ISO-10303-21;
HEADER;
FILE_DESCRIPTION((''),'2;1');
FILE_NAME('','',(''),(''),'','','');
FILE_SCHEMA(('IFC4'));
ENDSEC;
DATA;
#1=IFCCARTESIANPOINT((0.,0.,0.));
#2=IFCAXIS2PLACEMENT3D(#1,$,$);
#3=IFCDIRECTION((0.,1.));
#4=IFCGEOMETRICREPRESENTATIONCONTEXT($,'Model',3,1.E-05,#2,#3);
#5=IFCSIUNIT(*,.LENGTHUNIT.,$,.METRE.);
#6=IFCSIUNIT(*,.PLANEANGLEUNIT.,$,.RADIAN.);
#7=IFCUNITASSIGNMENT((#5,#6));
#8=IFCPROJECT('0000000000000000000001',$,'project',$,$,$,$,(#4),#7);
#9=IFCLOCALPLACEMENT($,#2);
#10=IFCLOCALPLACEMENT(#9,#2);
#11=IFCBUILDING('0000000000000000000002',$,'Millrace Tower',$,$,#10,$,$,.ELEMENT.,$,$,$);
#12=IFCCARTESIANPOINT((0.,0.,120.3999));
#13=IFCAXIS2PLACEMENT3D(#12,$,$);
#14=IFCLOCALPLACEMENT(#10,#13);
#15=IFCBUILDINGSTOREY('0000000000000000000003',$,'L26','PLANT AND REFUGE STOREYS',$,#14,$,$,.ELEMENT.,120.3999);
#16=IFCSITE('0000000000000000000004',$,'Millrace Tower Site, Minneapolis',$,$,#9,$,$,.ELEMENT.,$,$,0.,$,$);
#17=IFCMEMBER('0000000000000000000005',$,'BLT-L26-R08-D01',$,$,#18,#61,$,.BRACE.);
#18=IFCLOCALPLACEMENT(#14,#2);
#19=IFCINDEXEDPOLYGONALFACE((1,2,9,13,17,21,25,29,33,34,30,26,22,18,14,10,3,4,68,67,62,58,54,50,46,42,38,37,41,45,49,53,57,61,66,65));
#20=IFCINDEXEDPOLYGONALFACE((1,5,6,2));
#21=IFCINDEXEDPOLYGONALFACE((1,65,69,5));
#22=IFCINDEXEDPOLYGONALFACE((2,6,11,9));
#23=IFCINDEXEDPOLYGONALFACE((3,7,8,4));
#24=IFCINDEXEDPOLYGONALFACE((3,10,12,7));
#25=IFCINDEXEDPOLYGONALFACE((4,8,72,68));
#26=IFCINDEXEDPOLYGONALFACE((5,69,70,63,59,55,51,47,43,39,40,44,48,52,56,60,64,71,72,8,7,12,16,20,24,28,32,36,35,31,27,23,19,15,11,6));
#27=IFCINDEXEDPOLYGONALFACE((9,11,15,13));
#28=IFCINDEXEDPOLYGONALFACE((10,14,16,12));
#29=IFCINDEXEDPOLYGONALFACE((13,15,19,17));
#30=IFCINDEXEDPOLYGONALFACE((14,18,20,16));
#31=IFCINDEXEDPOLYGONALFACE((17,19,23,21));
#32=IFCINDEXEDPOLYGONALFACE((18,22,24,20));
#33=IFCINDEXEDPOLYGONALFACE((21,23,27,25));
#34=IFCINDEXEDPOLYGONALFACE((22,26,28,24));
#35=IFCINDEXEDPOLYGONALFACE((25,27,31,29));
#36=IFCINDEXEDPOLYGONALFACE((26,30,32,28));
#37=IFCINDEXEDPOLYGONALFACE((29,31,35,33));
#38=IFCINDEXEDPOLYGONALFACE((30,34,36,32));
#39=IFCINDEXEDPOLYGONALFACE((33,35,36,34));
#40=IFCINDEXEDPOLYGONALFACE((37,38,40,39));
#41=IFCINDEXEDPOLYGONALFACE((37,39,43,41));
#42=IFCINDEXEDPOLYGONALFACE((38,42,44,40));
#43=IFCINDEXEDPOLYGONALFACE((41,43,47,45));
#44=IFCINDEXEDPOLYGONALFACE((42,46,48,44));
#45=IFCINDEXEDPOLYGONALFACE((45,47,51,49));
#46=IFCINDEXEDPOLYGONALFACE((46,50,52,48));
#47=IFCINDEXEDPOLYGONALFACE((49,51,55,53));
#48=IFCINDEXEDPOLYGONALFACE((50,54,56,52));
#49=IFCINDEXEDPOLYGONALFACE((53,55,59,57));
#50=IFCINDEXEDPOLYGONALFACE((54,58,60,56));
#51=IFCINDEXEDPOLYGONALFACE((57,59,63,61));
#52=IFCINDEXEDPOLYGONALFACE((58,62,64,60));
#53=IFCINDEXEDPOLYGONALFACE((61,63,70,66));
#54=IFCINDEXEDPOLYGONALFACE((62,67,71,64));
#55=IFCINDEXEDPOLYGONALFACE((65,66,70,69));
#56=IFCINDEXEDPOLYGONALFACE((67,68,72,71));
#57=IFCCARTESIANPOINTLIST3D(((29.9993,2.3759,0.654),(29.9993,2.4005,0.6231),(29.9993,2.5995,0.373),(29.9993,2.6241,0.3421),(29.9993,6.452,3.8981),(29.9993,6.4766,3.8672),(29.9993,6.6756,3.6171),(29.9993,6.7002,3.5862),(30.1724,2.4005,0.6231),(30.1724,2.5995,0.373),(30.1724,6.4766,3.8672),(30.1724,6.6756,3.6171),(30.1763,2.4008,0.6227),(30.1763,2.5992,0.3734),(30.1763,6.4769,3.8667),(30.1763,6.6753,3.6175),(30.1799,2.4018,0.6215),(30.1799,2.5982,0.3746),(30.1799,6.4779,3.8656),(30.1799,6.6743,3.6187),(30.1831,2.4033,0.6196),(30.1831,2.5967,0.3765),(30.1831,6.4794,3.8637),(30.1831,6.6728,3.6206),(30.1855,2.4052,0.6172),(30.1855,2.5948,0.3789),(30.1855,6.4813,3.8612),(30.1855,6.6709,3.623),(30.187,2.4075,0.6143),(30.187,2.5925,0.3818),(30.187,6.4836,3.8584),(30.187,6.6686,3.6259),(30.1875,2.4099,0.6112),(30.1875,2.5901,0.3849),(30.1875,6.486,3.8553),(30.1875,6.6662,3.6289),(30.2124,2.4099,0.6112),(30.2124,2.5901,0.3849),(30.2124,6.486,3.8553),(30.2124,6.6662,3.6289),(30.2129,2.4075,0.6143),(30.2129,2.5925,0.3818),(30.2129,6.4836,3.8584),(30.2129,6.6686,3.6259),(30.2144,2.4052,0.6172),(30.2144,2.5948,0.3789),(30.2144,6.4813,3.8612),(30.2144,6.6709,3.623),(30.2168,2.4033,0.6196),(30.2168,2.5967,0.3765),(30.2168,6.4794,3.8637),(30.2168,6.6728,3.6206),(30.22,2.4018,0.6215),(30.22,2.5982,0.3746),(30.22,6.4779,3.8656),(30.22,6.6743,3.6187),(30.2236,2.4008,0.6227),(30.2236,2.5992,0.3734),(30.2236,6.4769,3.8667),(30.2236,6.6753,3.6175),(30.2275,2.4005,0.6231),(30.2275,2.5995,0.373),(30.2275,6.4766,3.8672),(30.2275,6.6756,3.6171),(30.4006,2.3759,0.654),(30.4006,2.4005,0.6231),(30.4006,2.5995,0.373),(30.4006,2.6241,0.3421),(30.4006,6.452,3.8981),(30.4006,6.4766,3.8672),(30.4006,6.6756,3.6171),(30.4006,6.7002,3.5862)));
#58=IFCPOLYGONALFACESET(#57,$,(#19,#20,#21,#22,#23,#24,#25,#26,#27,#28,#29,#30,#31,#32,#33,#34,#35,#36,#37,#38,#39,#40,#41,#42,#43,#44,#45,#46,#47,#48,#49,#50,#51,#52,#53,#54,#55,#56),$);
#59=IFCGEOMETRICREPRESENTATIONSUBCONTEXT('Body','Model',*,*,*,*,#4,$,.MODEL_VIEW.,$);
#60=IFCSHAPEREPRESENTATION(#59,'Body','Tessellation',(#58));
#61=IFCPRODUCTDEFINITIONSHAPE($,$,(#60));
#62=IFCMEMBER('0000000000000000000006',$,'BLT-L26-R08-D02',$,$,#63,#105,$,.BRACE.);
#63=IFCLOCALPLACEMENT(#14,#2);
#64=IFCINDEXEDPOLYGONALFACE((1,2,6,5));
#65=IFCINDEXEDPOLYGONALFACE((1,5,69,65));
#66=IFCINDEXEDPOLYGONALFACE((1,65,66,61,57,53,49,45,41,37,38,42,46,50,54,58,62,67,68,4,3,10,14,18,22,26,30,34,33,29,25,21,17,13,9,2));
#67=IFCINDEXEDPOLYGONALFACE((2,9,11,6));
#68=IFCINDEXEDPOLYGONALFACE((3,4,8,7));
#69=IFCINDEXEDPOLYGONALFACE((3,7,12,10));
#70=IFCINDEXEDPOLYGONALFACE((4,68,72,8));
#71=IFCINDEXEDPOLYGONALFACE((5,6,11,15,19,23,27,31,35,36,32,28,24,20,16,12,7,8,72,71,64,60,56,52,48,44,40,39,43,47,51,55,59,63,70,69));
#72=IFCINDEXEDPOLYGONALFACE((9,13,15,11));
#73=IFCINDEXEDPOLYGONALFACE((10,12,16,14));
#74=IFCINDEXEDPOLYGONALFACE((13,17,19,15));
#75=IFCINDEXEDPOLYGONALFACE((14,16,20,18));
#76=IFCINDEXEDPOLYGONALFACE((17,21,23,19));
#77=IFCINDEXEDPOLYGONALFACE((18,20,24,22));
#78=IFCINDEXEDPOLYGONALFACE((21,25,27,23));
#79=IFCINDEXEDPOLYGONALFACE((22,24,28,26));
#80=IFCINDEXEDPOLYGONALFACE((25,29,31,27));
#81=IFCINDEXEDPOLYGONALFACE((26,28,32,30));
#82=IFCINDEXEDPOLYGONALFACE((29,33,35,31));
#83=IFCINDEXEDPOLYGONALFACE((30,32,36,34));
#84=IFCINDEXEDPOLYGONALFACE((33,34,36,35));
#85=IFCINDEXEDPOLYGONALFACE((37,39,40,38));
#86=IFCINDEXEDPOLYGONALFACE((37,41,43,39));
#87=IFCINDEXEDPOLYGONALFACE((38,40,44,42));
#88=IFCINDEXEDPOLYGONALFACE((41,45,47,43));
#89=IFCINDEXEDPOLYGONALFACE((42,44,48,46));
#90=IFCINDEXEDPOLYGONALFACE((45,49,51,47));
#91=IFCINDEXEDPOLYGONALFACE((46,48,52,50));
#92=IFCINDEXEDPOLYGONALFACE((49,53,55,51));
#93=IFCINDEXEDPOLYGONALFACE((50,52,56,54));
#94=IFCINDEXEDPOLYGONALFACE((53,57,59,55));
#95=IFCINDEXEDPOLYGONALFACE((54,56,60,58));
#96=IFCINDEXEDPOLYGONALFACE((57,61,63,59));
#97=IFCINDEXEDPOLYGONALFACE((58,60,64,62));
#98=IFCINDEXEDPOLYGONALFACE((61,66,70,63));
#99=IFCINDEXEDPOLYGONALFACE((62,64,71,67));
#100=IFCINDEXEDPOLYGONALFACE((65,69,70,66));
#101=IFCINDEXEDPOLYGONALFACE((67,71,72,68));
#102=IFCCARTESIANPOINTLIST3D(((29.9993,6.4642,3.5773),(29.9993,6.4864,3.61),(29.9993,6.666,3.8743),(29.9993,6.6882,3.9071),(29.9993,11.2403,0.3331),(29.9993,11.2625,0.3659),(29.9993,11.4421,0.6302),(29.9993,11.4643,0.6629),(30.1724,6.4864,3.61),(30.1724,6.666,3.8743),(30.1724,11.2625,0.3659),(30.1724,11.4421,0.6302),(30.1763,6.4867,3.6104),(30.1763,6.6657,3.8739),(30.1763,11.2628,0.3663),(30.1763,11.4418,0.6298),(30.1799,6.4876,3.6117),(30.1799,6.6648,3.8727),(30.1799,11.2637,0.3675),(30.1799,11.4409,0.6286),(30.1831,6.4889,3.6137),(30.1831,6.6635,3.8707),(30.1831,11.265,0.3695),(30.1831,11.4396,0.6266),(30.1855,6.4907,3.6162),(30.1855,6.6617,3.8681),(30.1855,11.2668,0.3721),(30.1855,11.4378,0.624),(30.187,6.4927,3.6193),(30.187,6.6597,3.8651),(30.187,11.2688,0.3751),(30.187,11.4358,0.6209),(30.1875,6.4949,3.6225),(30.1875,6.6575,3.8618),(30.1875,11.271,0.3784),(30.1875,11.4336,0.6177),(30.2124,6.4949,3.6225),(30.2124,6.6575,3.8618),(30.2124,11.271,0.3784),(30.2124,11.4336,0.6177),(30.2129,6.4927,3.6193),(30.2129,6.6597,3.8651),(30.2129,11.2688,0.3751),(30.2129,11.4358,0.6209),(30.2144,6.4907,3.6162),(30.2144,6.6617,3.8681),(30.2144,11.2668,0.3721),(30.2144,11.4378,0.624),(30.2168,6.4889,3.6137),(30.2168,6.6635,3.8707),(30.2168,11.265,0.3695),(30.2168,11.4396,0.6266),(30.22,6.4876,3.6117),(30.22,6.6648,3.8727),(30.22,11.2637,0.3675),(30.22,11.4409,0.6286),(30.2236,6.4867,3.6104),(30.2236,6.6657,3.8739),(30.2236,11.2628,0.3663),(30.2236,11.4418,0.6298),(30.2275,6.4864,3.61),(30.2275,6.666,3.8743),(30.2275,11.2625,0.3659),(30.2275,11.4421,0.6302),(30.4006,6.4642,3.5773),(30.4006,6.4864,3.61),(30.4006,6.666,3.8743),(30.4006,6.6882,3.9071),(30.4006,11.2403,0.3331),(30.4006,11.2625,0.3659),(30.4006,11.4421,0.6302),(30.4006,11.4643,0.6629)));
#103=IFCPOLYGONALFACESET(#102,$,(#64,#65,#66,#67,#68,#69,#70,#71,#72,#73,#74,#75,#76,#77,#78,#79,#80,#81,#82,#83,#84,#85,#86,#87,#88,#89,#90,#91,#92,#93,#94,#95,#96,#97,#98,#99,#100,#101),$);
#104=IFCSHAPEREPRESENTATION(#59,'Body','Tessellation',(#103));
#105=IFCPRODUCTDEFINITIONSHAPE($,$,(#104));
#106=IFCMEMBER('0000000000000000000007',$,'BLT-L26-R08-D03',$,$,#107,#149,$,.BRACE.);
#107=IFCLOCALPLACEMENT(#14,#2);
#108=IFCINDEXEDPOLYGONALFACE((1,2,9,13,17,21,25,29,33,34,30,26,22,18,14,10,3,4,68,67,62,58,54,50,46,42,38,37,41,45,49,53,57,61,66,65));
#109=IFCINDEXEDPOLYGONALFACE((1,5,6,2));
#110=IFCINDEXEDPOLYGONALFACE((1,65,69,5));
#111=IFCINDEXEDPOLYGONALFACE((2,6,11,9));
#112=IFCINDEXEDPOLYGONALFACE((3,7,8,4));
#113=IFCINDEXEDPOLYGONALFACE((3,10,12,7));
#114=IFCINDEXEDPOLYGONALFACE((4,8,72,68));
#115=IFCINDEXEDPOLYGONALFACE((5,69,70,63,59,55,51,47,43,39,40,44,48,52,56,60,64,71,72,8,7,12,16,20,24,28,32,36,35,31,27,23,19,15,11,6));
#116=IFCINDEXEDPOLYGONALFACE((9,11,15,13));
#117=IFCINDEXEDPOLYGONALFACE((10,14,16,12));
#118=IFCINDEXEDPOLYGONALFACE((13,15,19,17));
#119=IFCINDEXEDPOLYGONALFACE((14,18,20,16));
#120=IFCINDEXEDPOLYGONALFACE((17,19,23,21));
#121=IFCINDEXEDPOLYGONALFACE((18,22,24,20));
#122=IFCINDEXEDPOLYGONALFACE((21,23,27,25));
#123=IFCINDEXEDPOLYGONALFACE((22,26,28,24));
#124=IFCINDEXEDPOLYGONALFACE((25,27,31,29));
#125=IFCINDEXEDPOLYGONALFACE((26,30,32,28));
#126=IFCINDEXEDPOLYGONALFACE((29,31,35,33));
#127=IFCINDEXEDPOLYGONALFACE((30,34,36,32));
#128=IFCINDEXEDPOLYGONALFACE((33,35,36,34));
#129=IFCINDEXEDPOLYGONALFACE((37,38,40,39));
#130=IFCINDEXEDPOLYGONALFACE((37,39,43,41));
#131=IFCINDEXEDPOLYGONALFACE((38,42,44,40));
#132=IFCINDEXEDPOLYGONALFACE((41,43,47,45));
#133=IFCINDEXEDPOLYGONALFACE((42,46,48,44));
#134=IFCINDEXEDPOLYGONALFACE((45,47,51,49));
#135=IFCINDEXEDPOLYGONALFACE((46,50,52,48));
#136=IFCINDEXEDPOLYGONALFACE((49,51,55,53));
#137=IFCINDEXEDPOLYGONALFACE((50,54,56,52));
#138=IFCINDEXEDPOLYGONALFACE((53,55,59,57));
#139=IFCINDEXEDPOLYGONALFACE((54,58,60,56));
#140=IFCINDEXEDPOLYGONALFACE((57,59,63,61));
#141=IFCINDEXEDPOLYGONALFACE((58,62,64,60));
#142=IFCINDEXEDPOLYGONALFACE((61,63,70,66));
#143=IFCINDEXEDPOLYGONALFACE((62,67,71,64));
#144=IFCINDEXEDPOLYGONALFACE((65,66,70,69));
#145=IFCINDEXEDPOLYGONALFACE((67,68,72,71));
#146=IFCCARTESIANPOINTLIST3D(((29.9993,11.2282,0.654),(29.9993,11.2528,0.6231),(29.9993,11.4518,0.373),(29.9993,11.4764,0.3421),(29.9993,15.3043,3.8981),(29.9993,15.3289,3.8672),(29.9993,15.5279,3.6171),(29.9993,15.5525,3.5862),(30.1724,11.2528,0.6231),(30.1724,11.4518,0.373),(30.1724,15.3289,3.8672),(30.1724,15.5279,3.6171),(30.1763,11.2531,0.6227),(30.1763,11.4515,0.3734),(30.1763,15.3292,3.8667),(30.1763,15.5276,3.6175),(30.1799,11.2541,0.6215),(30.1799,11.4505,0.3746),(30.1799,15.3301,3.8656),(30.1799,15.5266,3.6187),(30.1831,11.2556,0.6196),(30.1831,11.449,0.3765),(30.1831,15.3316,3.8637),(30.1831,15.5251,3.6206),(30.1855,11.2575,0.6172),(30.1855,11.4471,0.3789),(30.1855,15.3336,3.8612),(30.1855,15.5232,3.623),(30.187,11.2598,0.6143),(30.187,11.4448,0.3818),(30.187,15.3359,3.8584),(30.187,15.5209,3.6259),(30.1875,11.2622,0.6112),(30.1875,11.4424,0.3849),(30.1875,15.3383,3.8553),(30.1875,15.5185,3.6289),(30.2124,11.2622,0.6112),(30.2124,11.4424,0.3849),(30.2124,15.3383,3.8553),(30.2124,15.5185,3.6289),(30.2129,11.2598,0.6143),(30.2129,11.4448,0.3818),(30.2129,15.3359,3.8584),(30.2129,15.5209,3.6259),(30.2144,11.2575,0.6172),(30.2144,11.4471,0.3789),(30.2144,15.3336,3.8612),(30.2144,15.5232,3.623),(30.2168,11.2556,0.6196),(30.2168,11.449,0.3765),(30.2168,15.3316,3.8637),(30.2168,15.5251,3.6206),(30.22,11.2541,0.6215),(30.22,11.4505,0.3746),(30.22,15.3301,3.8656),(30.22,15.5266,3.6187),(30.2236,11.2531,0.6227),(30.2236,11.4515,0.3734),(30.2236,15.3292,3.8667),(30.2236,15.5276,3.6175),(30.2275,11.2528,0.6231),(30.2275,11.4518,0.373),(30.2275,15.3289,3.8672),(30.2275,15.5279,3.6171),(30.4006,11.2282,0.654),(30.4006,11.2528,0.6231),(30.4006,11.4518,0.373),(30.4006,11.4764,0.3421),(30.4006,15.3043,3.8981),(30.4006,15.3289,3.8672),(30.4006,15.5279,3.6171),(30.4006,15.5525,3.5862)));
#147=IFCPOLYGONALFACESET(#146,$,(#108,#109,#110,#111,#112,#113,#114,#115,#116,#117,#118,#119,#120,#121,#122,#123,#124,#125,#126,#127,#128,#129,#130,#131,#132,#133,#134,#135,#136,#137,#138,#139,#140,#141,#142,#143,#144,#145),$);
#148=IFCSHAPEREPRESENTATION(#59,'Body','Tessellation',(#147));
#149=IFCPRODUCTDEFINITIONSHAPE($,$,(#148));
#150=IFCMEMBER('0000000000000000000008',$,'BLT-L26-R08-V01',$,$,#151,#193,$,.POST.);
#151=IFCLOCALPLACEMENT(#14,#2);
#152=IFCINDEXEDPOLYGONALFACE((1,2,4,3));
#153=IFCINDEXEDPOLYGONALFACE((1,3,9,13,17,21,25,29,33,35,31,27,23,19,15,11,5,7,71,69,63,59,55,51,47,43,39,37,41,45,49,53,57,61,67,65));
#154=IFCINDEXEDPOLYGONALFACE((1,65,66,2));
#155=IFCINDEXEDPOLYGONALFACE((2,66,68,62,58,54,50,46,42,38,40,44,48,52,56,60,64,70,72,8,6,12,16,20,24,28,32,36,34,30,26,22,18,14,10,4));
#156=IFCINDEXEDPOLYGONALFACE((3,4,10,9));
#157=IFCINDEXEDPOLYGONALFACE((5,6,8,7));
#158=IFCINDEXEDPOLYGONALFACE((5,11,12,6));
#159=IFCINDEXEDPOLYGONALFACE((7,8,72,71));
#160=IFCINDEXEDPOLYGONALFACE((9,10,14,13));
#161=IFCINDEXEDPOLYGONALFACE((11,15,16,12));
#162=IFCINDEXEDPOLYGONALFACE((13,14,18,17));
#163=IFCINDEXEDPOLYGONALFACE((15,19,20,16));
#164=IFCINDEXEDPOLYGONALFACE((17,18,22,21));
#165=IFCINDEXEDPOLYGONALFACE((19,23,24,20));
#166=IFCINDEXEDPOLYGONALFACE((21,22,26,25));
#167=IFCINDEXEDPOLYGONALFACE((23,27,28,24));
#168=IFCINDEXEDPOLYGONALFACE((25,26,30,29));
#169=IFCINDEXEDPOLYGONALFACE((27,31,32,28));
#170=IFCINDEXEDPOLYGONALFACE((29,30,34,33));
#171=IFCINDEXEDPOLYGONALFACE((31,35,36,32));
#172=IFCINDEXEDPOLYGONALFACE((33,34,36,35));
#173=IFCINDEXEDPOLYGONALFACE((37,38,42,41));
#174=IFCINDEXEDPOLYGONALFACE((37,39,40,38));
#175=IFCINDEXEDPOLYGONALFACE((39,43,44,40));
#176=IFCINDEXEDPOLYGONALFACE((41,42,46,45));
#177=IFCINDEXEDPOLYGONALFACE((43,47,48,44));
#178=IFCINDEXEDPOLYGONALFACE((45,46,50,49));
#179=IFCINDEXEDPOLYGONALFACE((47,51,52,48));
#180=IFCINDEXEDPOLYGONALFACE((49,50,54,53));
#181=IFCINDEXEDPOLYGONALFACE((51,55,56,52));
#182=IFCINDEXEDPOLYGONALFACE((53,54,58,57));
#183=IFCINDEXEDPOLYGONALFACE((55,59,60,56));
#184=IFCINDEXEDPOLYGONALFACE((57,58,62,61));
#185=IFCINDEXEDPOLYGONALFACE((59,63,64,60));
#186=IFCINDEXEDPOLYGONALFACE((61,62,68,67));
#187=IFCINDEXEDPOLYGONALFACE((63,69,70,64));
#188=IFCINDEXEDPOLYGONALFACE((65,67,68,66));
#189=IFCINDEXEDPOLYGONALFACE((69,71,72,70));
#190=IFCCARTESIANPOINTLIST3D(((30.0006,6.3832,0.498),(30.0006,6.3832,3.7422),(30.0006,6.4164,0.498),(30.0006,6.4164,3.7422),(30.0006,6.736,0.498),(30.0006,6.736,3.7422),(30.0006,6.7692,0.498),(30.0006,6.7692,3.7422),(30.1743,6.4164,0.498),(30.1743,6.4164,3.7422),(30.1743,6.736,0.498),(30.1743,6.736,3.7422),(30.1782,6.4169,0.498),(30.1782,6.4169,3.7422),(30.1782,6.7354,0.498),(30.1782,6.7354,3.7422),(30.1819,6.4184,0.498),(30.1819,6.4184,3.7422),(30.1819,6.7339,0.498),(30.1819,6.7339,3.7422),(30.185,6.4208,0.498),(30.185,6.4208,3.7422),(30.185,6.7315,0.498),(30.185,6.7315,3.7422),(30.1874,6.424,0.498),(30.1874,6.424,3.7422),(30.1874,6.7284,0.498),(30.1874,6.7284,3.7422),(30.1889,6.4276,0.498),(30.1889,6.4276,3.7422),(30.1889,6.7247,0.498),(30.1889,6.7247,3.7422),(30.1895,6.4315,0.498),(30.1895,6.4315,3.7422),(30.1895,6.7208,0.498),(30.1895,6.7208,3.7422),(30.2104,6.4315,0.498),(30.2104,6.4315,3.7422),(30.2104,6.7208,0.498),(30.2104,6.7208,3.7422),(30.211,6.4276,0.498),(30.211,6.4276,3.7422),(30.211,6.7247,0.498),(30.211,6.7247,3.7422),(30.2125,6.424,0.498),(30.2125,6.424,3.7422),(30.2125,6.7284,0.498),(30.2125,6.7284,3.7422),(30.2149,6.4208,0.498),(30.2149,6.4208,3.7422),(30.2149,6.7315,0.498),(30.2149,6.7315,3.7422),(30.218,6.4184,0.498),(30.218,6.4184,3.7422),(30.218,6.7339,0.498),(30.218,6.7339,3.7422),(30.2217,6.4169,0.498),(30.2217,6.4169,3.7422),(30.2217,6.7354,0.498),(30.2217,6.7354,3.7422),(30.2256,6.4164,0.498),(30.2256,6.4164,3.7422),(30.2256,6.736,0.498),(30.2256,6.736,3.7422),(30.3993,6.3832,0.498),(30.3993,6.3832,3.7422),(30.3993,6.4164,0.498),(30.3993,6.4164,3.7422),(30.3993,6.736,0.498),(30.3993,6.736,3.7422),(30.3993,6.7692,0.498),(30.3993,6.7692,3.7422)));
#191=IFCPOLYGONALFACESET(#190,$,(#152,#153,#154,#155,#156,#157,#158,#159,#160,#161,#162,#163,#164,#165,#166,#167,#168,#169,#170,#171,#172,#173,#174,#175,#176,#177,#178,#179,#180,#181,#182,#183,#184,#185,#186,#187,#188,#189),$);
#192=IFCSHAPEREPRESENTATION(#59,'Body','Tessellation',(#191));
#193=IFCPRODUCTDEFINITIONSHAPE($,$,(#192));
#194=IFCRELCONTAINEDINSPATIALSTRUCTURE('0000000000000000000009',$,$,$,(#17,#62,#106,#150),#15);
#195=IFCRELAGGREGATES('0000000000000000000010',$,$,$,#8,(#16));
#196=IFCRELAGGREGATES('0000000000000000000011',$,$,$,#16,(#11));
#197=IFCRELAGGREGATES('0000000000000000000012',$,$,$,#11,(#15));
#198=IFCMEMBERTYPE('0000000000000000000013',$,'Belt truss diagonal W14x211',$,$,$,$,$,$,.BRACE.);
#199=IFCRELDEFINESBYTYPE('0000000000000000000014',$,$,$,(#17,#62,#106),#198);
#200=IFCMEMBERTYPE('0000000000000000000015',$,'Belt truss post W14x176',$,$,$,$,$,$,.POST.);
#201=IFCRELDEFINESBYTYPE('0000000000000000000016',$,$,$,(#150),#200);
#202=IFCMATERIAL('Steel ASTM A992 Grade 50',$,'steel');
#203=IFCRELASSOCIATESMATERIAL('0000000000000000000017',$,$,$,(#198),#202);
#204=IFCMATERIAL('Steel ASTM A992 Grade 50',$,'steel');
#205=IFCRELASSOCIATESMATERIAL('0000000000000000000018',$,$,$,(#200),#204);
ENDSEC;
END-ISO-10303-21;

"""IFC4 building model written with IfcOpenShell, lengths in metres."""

from ifc_helpers import new_model, si_unit, direction, frame, origin, origin_2d, place, context, subcontext, project, spatial, i_section, extrude, material, material_profile, profile_set, type_object, element, save


model = new_model("IFC4")

# Units and contexts
model_context = context("Model", 3, precision=1e-05, world=origin(), true_north=direction((0.0, 1.0)))
body_context = subcontext(model_context, "Body", "Model", "MODEL_VIEW")
ifc_project = project(units=[si_unit("LENGTHUNIT", "METRE"), si_unit("PLANEANGLEUNIT", "RADIAN")], contexts=[model_context])

# Site, building, storey
site_placement = place(None, origin())
site = spatial("IfcSite", under=ifc_project, at=site_placement, Name="Millrace Tower Site, Minneapolis", CompositionType="ELEMENT", RefElevation=0.0)
building_placement = place(site_placement, origin())
building = spatial("IfcBuilding", under=site, at=building_placement, Name="Millrace Tower", CompositionType="ELEMENT")
storey_placement = place(building_placement, frame((0.0, 0.0, 120.3999)))
storey = spatial("IfcBuildingStorey", under=building, at=storey_placement, Name="L26", Description="PLANT AND REFUGE STOREYS", CompositionType="ELEMENT", Elevation=120.3999)

# Members
ifc_material_1 = material(Name="Steel ASTM A992 Grade 50", Category="steel")
ifc_material_profile_1 = material_profile(ifc_material_1, i_section(OverallWidth=0.4014, OverallDepth=0.3987, WebThickness=0.0249, FlangeThickness=0.0396, FilletRadius=0.0151, at=origin_2d()))
ifc_profile_set_1 = profile_set([ifc_material_profile_1], Name="Steel ASTM A992 Grade 50")
member_type_1 = type_object("IfcMemberType", Name="Belt truss diagonal W14x211", PredefinedType="BRACE", material=ifc_profile_set_1)
member_1_placement = place(storey_placement, frame((30.2, 2.5, 0.498), z_axis=(0.0, 0.782439, 0.622727), x_axis=(-1.0, 0.0, 0.0)))
element("IfcMember", 1, at=member_1_placement, inside=storey, type_object=member_type_1, Name="BLT-L26-R08-D01", PredefinedType="BRACE", context=body_context, shape_type="SweptSolid", body=[
    extrude(i_section(OverallWidth=0.4014, OverallDepth=0.3987, WebThickness=0.0249, FlangeThickness=0.0396, FilletRadius=0.0151, at=origin_2d()), origin(), (0.0, 0.0, 1.0), 5.2095),
])
member_2_placement = place(storey_placement, frame((30.2, 11.3523, 0.498), z_axis=(0.0, -0.827218, 0.561881), x_axis=(1.0, 0.0, 0.0)))
element("IfcMember", 2, at=member_2_placement, inside=storey, type_object=member_type_1, Name="BLT-L26-R08-D02", PredefinedType="BRACE", context=body_context, shape_type="SweptSolid", body=[
    extrude(i_section(OverallWidth=0.4014, OverallDepth=0.3987, WebThickness=0.0249, FlangeThickness=0.0396, FilletRadius=0.0151, at=origin_2d()), origin(), (0.0, 0.0, 1.0), 5.7737),
])
member_3_placement = place(storey_placement, frame((30.2, 11.3523, 0.498), z_axis=(0.0, 0.782439, 0.622727), x_axis=(-1.0, 0.0, 0.0)))
element("IfcMember", 3, at=member_3_placement, inside=storey, type_object=member_type_1, Name="BLT-L26-R08-D03", PredefinedType="BRACE", context=body_context, shape_type="SweptSolid", body=[
    extrude(i_section(OverallWidth=0.4014, OverallDepth=0.3987, WebThickness=0.0249, FlangeThickness=0.0396, FilletRadius=0.0151, at=origin_2d()), origin(), (0.0, 0.0, 1.0), 5.2095),
])
ifc_material_2 = material(Name="Steel ASTM A992 Grade 50", Category="steel")
ifc_material_profile_2 = material_profile(ifc_material_2, i_section(OverallWidth=0.3987, OverallDepth=0.386, WebThickness=0.021, FlangeThickness=0.0332, FilletRadius=0.0151, at=origin_2d()))
ifc_profile_set_2 = profile_set([ifc_material_profile_2], Name="Steel ASTM A992 Grade 50")
member_type_2 = type_object("IfcMemberType", Name="Belt truss post W14x176", PredefinedType="POST", material=ifc_profile_set_2)
for number, where, z_axis, x_axis, name in (
    (4, (30.2, 6.5762, 0.498), (0.0, 0.0, 1.0), (1.0, 0.0, 0.0), "BLT-L26-R08-V01"),
):
    element("IfcMember", number, at=place(storey_placement, frame(where, z_axis=z_axis, x_axis=x_axis)), inside=storey, type_object=member_type_2, Name=name, PredefinedType="POST", context=body_context, shape_type="SweptSolid", body=[
        extrude(i_section(OverallWidth=0.3987, OverallDepth=0.386, WebThickness=0.021, FlangeThickness=0.0332, FilletRadius=0.0151, at=origin_2d()), origin(), (0.0, 0.0, 1.0), 3.2441),
    ])

save(model, "model.ifc")
